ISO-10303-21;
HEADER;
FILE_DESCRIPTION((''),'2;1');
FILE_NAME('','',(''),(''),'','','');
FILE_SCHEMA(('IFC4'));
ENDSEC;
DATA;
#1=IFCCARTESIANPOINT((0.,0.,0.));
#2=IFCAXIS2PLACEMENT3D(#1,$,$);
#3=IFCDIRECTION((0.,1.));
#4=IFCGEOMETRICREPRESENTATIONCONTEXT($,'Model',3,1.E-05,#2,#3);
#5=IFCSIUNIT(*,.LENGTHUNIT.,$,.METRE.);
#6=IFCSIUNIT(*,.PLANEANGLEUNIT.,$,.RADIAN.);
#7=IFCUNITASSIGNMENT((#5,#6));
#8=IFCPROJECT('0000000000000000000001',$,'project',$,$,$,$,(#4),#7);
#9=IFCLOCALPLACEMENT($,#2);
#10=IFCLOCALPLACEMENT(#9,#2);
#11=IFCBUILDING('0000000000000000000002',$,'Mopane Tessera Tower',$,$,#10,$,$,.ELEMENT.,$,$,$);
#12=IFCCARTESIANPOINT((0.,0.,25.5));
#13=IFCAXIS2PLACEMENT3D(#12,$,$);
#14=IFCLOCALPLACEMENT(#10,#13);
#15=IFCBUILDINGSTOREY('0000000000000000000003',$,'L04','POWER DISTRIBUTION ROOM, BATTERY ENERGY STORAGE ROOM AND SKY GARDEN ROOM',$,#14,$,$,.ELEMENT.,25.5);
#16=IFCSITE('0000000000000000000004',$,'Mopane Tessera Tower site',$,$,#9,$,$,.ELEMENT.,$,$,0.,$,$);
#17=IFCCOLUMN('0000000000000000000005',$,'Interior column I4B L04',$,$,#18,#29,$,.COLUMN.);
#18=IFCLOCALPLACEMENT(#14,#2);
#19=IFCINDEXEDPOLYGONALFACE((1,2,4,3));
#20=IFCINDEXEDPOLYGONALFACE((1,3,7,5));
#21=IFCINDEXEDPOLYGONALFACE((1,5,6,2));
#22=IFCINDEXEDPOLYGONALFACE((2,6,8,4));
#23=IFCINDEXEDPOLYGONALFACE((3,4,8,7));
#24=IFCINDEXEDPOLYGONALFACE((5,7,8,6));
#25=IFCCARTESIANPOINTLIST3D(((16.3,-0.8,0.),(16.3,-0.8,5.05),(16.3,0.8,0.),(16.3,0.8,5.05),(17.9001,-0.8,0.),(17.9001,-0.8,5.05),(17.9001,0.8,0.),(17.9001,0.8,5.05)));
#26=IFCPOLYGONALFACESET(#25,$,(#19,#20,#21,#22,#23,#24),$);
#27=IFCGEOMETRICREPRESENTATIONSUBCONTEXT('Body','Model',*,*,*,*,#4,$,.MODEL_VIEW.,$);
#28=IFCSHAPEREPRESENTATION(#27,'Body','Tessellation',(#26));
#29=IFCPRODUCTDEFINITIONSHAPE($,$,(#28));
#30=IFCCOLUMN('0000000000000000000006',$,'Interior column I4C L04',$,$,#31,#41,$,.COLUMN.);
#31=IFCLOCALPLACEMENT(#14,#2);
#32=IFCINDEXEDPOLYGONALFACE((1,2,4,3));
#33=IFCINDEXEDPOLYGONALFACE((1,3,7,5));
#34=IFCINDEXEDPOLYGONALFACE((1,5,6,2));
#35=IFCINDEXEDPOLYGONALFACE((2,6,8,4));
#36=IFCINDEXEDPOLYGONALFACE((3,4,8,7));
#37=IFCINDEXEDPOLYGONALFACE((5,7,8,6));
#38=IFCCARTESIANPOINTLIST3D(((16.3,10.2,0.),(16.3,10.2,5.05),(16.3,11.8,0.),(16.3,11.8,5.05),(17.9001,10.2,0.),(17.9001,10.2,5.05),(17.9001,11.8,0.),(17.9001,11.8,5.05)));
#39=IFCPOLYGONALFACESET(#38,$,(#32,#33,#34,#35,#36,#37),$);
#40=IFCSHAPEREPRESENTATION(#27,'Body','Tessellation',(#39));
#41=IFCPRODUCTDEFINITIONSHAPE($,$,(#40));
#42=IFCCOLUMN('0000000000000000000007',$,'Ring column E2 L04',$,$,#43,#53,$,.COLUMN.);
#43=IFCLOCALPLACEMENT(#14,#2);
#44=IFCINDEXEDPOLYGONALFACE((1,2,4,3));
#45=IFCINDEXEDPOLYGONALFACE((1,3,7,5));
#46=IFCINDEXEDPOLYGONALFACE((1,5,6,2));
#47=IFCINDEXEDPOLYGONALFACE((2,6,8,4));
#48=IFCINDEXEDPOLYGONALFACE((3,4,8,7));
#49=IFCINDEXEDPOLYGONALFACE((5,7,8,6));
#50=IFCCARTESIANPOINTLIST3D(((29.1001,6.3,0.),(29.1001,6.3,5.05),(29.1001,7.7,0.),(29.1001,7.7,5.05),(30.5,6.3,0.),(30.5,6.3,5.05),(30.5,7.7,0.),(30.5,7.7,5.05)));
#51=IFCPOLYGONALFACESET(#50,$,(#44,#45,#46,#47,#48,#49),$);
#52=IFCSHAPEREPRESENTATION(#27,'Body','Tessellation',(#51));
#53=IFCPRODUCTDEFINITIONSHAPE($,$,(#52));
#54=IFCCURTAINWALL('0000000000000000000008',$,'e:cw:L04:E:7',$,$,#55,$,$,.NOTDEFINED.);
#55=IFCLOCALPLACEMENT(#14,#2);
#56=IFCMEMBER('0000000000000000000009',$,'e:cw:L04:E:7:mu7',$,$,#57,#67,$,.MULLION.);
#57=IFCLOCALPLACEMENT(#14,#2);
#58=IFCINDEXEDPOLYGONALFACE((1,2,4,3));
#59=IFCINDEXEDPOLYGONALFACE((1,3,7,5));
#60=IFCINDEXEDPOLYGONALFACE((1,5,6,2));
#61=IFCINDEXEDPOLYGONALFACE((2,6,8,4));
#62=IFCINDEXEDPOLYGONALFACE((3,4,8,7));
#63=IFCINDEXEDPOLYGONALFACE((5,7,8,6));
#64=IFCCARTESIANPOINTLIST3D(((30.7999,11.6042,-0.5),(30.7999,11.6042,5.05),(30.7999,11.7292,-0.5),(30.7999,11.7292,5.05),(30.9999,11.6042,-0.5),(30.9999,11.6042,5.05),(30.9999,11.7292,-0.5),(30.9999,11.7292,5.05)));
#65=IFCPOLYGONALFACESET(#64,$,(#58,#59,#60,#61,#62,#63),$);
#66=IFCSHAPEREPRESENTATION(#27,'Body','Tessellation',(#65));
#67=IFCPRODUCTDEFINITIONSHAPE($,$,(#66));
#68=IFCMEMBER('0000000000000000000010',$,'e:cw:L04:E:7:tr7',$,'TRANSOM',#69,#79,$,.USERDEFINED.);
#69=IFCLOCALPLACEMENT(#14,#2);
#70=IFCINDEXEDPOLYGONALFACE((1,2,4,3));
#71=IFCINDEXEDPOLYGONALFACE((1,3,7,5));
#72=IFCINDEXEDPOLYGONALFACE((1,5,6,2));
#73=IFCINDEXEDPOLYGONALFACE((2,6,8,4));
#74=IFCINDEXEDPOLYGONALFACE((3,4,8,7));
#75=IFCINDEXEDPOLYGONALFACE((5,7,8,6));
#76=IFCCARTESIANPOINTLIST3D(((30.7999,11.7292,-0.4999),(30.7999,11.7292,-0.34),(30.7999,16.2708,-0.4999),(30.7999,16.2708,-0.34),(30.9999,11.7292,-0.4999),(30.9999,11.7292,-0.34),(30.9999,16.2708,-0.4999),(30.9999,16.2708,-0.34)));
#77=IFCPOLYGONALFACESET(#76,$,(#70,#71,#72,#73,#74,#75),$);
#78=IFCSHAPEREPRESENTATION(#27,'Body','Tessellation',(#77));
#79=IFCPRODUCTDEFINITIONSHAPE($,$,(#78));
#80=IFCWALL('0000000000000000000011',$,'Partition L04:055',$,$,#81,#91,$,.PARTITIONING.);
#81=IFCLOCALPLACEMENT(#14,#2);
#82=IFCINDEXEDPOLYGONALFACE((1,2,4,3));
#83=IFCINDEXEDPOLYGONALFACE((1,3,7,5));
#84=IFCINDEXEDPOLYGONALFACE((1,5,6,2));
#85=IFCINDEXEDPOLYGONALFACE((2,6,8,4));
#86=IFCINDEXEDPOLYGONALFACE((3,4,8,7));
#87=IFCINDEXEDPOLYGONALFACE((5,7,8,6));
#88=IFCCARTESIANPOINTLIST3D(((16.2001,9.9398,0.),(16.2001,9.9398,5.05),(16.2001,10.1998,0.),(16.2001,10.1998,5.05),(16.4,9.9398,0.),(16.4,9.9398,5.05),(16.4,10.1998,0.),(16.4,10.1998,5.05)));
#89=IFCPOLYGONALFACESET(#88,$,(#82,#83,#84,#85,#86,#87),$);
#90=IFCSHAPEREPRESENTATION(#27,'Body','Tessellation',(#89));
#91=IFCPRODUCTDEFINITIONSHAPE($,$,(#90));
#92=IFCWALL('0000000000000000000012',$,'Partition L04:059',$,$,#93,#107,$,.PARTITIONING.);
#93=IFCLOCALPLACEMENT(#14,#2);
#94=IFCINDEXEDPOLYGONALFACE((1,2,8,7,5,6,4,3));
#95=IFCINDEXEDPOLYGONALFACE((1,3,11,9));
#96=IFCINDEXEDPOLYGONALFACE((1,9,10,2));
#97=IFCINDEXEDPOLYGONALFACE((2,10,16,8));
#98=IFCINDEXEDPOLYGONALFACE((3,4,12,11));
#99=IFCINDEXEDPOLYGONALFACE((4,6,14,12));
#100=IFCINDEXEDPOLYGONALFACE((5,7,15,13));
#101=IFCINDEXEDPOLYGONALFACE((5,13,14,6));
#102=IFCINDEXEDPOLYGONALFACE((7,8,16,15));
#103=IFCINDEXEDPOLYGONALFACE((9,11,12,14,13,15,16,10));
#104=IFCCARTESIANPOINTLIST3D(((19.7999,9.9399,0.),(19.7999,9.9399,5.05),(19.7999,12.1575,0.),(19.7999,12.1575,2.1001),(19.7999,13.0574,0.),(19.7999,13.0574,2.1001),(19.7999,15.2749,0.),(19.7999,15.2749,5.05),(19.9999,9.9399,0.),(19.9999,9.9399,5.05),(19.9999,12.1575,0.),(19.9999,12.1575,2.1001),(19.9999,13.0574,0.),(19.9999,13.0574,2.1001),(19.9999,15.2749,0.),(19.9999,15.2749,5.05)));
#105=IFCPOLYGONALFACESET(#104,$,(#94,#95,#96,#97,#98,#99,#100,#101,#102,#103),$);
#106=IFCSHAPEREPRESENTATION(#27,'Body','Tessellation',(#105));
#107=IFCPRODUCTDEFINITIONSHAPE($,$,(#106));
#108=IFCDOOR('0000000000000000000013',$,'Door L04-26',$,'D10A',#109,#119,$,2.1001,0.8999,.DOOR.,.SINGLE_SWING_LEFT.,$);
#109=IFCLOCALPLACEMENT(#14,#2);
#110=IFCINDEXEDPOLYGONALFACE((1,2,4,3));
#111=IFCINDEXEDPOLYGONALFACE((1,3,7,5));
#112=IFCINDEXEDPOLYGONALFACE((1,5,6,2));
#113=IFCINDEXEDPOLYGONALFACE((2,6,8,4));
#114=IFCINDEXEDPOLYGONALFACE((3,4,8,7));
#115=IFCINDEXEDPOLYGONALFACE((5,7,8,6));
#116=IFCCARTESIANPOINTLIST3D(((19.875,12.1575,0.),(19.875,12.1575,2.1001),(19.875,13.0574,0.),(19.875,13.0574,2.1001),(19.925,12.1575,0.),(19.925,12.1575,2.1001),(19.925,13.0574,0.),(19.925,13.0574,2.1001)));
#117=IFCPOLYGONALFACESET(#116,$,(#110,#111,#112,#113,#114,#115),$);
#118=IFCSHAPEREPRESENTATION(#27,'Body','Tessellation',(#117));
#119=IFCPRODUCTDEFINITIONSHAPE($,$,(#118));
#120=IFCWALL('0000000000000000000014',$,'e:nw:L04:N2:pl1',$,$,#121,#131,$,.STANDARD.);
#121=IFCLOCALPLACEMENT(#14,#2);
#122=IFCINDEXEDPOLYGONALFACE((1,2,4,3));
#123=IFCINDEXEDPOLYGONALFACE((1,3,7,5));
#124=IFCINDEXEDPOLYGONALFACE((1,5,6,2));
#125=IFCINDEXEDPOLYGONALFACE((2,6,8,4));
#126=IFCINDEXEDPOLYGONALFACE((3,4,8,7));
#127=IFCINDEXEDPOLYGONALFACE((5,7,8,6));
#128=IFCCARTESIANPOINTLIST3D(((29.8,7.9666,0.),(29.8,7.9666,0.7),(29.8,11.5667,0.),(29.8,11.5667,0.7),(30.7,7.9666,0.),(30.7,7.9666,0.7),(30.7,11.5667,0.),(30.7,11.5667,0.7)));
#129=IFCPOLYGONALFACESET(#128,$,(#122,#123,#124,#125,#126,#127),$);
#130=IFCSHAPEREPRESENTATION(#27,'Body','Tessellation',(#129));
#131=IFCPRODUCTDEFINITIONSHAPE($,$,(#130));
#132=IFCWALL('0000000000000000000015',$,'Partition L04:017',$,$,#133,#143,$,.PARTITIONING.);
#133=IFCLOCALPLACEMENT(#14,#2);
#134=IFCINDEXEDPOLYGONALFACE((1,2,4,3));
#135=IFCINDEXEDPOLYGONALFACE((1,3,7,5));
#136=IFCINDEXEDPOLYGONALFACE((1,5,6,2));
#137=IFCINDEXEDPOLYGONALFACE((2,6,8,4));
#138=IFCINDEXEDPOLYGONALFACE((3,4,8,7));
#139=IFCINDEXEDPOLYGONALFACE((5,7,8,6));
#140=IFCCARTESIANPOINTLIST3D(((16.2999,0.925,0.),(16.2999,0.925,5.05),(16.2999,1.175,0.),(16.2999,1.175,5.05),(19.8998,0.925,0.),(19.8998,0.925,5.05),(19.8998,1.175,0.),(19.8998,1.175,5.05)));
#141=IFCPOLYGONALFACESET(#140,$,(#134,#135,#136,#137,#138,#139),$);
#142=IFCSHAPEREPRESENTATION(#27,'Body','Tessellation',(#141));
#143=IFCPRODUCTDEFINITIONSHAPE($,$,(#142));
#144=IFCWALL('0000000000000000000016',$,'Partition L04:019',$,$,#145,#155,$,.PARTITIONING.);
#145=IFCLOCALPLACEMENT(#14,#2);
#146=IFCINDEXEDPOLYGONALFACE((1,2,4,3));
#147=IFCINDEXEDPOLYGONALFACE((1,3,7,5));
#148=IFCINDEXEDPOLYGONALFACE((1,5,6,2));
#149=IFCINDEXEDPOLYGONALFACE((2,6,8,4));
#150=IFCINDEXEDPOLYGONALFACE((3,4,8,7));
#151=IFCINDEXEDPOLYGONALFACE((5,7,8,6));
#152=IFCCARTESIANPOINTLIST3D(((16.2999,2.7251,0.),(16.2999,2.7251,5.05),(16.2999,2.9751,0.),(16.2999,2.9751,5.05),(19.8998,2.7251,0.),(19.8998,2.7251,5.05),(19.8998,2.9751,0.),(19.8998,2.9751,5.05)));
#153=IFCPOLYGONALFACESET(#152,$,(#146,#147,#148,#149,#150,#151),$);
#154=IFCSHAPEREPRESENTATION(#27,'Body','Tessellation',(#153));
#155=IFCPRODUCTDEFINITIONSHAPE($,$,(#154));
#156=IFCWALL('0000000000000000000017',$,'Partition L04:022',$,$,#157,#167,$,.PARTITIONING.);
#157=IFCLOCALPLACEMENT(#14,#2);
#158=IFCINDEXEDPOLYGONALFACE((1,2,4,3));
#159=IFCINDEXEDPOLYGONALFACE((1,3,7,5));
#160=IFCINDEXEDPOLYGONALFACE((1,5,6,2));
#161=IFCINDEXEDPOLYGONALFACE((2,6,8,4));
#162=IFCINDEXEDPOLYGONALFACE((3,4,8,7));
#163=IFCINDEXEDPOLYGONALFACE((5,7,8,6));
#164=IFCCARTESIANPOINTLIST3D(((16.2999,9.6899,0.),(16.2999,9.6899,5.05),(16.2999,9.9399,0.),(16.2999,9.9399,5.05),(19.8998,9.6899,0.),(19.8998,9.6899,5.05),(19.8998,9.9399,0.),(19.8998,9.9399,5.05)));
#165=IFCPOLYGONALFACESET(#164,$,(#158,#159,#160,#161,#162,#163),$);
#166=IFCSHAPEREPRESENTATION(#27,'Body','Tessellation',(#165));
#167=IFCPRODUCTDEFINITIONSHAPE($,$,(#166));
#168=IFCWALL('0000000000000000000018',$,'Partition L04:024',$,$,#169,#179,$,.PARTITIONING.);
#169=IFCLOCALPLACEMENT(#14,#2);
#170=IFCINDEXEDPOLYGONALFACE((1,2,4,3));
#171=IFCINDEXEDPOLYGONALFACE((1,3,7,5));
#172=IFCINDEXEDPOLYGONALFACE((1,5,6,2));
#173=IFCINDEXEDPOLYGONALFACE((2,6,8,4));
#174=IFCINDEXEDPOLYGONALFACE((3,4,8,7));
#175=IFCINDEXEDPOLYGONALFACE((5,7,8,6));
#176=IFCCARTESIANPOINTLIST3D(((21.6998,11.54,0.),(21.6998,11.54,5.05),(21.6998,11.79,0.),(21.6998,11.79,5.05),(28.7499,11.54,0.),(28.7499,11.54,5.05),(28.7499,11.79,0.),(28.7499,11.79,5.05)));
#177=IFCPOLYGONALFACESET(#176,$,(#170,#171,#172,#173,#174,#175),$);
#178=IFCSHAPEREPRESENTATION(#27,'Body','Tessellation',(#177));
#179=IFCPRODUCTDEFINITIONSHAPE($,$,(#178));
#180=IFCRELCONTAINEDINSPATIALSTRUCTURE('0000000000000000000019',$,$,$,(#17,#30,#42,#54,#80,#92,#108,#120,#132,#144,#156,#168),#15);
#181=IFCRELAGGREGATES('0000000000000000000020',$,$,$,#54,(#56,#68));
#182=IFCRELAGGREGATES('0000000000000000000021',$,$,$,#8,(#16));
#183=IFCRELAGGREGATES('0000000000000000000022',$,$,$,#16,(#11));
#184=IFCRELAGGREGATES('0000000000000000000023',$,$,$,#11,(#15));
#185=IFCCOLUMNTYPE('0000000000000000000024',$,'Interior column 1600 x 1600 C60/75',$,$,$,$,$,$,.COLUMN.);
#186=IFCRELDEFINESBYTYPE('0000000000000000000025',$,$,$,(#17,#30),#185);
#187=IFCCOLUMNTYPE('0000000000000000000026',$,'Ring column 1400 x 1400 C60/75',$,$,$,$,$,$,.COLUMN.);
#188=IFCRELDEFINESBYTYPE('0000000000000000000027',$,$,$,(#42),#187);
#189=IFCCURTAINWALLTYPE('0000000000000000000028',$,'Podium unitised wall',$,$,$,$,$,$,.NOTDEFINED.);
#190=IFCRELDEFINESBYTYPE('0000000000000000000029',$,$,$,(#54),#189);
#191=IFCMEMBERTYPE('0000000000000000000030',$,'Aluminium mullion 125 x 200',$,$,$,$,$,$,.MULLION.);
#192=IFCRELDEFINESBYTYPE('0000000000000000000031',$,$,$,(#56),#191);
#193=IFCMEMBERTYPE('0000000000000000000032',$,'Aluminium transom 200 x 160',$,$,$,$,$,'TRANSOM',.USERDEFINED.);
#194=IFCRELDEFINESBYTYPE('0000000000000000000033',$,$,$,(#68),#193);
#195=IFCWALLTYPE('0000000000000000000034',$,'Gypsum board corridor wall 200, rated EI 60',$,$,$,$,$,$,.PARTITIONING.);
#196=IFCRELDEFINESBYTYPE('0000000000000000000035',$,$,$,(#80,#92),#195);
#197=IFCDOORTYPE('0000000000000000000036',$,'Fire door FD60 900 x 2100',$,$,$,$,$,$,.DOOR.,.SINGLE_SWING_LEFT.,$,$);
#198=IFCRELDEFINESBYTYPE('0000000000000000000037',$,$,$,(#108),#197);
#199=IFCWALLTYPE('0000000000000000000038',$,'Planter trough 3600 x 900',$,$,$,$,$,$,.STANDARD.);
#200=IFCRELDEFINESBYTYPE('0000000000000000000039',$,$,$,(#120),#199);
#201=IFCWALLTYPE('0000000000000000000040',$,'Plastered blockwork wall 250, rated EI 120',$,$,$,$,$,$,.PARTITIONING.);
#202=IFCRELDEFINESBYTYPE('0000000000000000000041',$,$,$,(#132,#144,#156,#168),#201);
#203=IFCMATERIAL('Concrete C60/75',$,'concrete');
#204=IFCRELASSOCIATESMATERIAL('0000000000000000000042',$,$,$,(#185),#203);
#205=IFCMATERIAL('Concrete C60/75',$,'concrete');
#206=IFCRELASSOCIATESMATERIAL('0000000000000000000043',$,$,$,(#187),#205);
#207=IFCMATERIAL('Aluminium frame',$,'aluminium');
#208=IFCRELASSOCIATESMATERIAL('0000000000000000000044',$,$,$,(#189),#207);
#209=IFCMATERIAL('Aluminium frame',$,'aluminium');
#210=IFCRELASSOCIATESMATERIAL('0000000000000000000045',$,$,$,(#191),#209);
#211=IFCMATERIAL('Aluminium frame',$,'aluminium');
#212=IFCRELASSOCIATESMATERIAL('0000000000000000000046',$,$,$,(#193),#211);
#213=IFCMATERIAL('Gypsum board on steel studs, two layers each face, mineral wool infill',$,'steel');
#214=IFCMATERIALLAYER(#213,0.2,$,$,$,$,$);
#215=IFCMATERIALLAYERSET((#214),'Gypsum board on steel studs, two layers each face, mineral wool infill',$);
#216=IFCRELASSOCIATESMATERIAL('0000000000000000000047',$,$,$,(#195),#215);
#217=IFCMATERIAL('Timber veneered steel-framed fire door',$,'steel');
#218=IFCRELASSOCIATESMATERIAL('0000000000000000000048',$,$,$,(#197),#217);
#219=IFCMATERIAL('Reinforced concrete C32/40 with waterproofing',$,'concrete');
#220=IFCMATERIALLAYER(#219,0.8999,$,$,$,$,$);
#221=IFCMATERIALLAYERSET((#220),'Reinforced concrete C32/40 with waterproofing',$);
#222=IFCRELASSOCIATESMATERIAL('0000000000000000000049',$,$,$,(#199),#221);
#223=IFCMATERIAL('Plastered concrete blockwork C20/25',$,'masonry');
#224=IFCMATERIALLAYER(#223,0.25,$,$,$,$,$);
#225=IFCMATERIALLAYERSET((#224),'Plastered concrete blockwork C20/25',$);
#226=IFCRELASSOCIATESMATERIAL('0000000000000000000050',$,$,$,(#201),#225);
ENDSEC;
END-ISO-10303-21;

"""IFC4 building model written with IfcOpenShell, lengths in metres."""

from ifc_helpers import new_model, si_unit, direction, frame, frame_2d, origin, origin_2d, place, context, subcontext, project, spatial, rectangle, extrude, material, layer, layer_set, material_profile, profile_set, type_object, element, fill, aggregate, save


model = new_model("IFC4")

# Units and contexts
model_context = context("Model", 3, precision=1e-05, world=origin(), true_north=direction((0.0, 1.0)))
body_context = subcontext(model_context, "Body", "Model", "MODEL_VIEW")
ifc_project = project(units=[si_unit("LENGTHUNIT", "METRE"), si_unit("PLANEANGLEUNIT", "RADIAN")], contexts=[model_context])

# Site, building, storey
site_placement = place(None, origin())
site = spatial("IfcSite", under=ifc_project, at=site_placement, Name="Mopane Tessera Tower site", CompositionType="ELEMENT", RefElevation=0.0)
building_placement = place(site_placement, origin())
building = spatial("IfcBuilding", under=site, at=building_placement, Name="Mopane Tessera Tower", CompositionType="ELEMENT")
storey_placement = place(building_placement, frame((0.0, 0.0, 25.5)))
storey = spatial("IfcBuildingStorey", under=building, at=storey_placement, Name="L04", Description="POWER DISTRIBUTION ROOM, BATTERY ENERGY STORAGE ROOM AND SKY GARDEN ROOM", CompositionType="ELEMENT", Elevation=25.5)

# Columns
ifc_material_1 = material(Name="Concrete C60/75", Category="concrete")
ifc_material_profile_1 = material_profile(ifc_material_1, rectangle(XDim=1.6001, YDim=1.6001, at=origin_2d()))
ifc_profile_set_1 = profile_set([ifc_material_profile_1], Name="Concrete C60/75")
column_type_1 = type_object("IfcColumnType", Name="Interior column 1600 x 1600 C60/75", PredefinedType="COLUMN", material=ifc_profile_set_1)
for number, where, z_axis, x_axis, name in (
    (1, (17.1001, 0.0, 0.0), (0.0, 0.0, 1.0), (1.0, 0.0, 0.0), "Interior column I4B L04"),
    (2, (17.1001, 11.0, 0.0), (0.0, 0.0, 1.0), (1.0, 0.0, 0.0), "Interior column I4C L04"),
):
    element("IfcColumn", number, at=place(storey_placement, frame(where, z_axis=z_axis, x_axis=x_axis)), inside=storey, type_object=column_type_1, Name=name, PredefinedType="COLUMN", context=body_context, shape_type="SweptSolid", body=[
        extrude(rectangle(XDim=1.6001, YDim=1.6001, at=origin_2d()), origin(), (0.0, 0.0, 1.0), 5.05),
    ])
ifc_material_2 = material(Name="Concrete C60/75", Category="concrete")
ifc_material_profile_2 = material_profile(ifc_material_2, rectangle(XDim=1.3999, YDim=1.3999, at=origin_2d()))
ifc_profile_set_2 = profile_set([ifc_material_profile_2], Name="Concrete C60/75")
column_type_2 = type_object("IfcColumnType", Name="Ring column 1400 x 1400 C60/75", PredefinedType="COLUMN", material=ifc_profile_set_2)
column_placement = place(storey_placement, frame((29.8, 7.0, 0.0), z_axis=(0.0, 0.0, 1.0), x_axis=(1.0, 0.0, 0.0)))
element("IfcColumn", 3, at=column_placement, inside=storey, type_object=column_type_2, Name="Ring column E2 L04", PredefinedType="COLUMN", context=body_context, shape_type="SweptSolid", body=[
    extrude(rectangle(XDim=1.3999, YDim=1.3999, at=origin_2d()), origin(), (0.0, 0.0, 1.0), 5.05),
])

# Curtain wall, members
ifc_material_3 = material(Name="Aluminium frame", Category="aluminium")
curtain_wall_type = type_object("IfcCurtainWallType", Name="Podium unitised wall", PredefinedType="NOTDEFINED", material=ifc_material_3)
curtain_wall_placement = place(storey_placement, origin())
curtain_wall = element("IfcCurtainWall", 4, at=curtain_wall_placement, inside=storey, type_object=curtain_wall_type, Name="e:cw:L04:E:7", PredefinedType="NOTDEFINED")
ifc_material_4 = material(Name="Aluminium frame", Category="aluminium")
ifc_material_profile_3 = material_profile(ifc_material_4, rectangle(XDim=0.125, YDim=0.2, at=origin_2d()))
ifc_profile_set_3 = profile_set([ifc_material_profile_3], Name="Aluminium frame")
member_type_1 = type_object("IfcMemberType", Name="Aluminium mullion 125 x 200", PredefinedType="MULLION", material=ifc_profile_set_3)
member_1_placement = place(storey_placement, frame((30.8999, 11.6667, -0.5), z_axis=(0.0, 0.0, 1.0), x_axis=(0.0, 1.0, 0.0)))
member_1 = element("IfcMember", 5, at=member_1_placement, type_object=member_type_1, Name="e:cw:L04:E:7:mu7", PredefinedType="MULLION", context=body_context, shape_type="SweptSolid", body=[
    extrude(rectangle(XDim=0.125, YDim=0.2, at=origin_2d()), origin(), (0.0, 0.0, 1.0), 5.55),
])
ifc_material_5 = material(Name="Aluminium frame", Category="aluminium")
ifc_material_profile_4 = material_profile(ifc_material_5, rectangle(XDim=0.2, YDim=0.1599, at=origin_2d()))
ifc_profile_set_4 = profile_set([ifc_material_profile_4], Name="Aluminium frame")
member_type_2 = type_object("IfcMemberType", Name="Aluminium transom 200 x 160", ElementType="TRANSOM", PredefinedType="USERDEFINED", material=ifc_profile_set_4)
member_2_placement = place(storey_placement, frame((30.8999, 11.7292, -0.4199), z_axis=(0.0, 1.0, 0.0), x_axis=(-1.0, 0.0, 0.0)))
member_2 = element("IfcMember", 6, at=member_2_placement, type_object=member_type_2, Name="e:cw:L04:E:7:tr7", ObjectType="TRANSOM", PredefinedType="USERDEFINED", context=body_context, shape_type="SweptSolid", body=[
    extrude(rectangle(XDim=0.2, YDim=0.1599, at=origin_2d()), origin(), (0.0, 0.0, 1.0), 4.5415),
])
aggregate(curtain_wall, [member_1, member_2])

# Wall
ifc_material_6 = material(Name="Gypsum board on steel studs, two layers each face, mineral wool infill", Category="steel")
ifc_layer_1 = layer(ifc_material_6, 0.2)
ifc_layer_set_1 = layer_set([ifc_layer_1], Name="Gypsum board on steel studs, two layers each face, mineral wool infill")
wall_type_1 = type_object("IfcWallType", Name="Gypsum board corridor wall 200, rated EI 60", PredefinedType="PARTITIONING", material=ifc_layer_set_1)
wall_1_placement = place(storey_placement, frame((16.3, 9.9399, 0.0), z_axis=(0.0, 0.0, 1.0), x_axis=(0.0, 1.0, 0.0)))
element("IfcWall", 7, at=wall_1_placement, inside=storey, type_object=wall_type_1, Name="Partition L04:055", PredefinedType="PARTITIONING", context=body_context, shape_type="SweptSolid", body=[
    extrude(rectangle(XDim=0.26, YDim=0.2, at=frame_2d((0.1299, 0.0))), origin(), (0.0, 0.0, 1.0), 5.05),
])

# Wall, opening, door
wall_2_placement = place(storey_placement, frame((19.8999, 9.9399, 0.0), z_axis=(0.0, 0.0, 1.0), x_axis=(0.0, 1.0, 0.0)))
wall_2 = element("IfcWall", 8, at=wall_2_placement, inside=storey, type_object=wall_type_1, Name="Partition L04:059", PredefinedType="PARTITIONING", context=body_context, shape_type="SweptSolid", body=[
    extrude(rectangle(XDim=5.335, YDim=0.2, at=frame_2d((2.6675, 0.0))), origin(), (0.0, 0.0, 1.0), 5.05),
])
opening_1_placement = place(wall_2_placement, frame((2.2175, 0.0, 0.0)))
opening_1 = element("IfcOpeningElement", 9, at=opening_1_placement, cuts=wall_2, PredefinedType="OPENING", context=body_context, shape_type="SweptSolid", body=[
    extrude(rectangle(XDim=0.8999, YDim=2.1001, at=frame_2d((0.45, 1.05))), frame((0.0, 0.1121, 0.0), z_axis=(0.0, -1.0, 0.0), x_axis=(1.0, 0.0, 0.0)), (0.0, 0.0, 1.0), 0.2239),
])
ifc_material_7 = material(Name="Timber veneered steel-framed fire door", Category="steel")
door_type_1 = type_object("IfcDoorType", Name="Fire door FD60 900 x 2100", OperationType="SINGLE_SWING_LEFT", PredefinedType="DOOR", material=ifc_material_7)
door_1_placement = place(opening_1_placement, origin())
door_1 = element("IfcDoor", 10, at=door_1_placement, inside=storey, type_object=door_type_1, Name="Door L04-26", ObjectType="D10A", OperationType="SINGLE_SWING_LEFT", OverallHeight=2.1001, OverallWidth=0.8999, PredefinedType="DOOR", context=body_context, shape_type="SweptSolid", body=[
    extrude(rectangle(XDim=0.8999, YDim=2.1001, at=frame_2d((0.45, 1.05))), frame((0.0, 0.0249, 0.0), z_axis=(0.0, -1.0, 0.0), x_axis=(1.0, 0.0, 0.0)), (0.0, 0.0, 1.0), 0.05),
])
fill(opening_1, door_1)

# Walls
ifc_material_8 = material(Name="Reinforced concrete C32/40 with waterproofing", Category="concrete")
ifc_layer_2 = layer(ifc_material_8, 0.8999)
ifc_layer_set_2 = layer_set([ifc_layer_2], Name="Reinforced concrete C32/40 with waterproofing")
wall_type_2 = type_object("IfcWallType", Name="Planter trough 3600 x 900", PredefinedType="STANDARD", material=ifc_layer_set_2)
wall_3_placement = place(storey_placement, frame((30.25, 7.9666, 0.0), z_axis=(0.0, 0.0, 1.0), x_axis=(0.0, 1.0, 0.0)))
element("IfcWall", 11, at=wall_3_placement, inside=storey, type_object=wall_type_2, Name="e:nw:L04:N2:pl1", PredefinedType="STANDARD", context=body_context, shape_type="SweptSolid", body=[
    extrude(rectangle(XDim=3.6001, YDim=0.8999, at=frame_2d((1.8, 0.0))), origin(), (0.0, 0.0, 1.0), 0.7),
])
ifc_material_9 = material(Name="Plastered concrete blockwork C20/25", Category="masonry")
ifc_layer_3 = layer(ifc_material_9, 0.25)
ifc_layer_set_3 = layer_set([ifc_layer_3], Name="Plastered concrete blockwork C20/25")
wall_type_3 = type_object("IfcWallType", Name="Plastered blockwork wall 250, rated EI 120", PredefinedType="PARTITIONING", material=ifc_layer_set_3)
for number, where, z_axis, x_axis, name in (
    (12, (16.3, 1.05, 0.0), (0.0, 0.0, 1.0), (1.0, 0.0, 0.0), "Partition L04:017"),
    (13, (16.3, 2.8501, 0.0), (0.0, 0.0, 1.0), (1.0, 0.0, 0.0), "Partition L04:019"),
    (14, (16.3, 9.8149, 0.0), (0.0, 0.0, 1.0), (1.0, 0.0, 0.0), "Partition L04:022"),
):
    element("IfcWall", number, at=place(storey_placement, frame(where, z_axis=z_axis, x_axis=x_axis)), inside=storey, type_object=wall_type_3, Name=name, PredefinedType="PARTITIONING", context=body_context, shape_type="SweptSolid", body=[
        extrude(rectangle(XDim=3.5999, YDim=0.25, at=frame_2d((1.7998, 0.0))), origin(), (0.0, 0.0, 1.0), 5.05),
    ])
wall_4_placement = place(storey_placement, frame((21.7, 11.665, 0.0), z_axis=(0.0, 0.0, 1.0), x_axis=(1.0, 0.0, 0.0)))
element("IfcWall", 15, at=wall_4_placement, inside=storey, type_object=wall_type_3, Name="Partition L04:024", PredefinedType="PARTITIONING", context=body_context, shape_type="SweptSolid", body=[
    extrude(rectangle(XDim=7.05, YDim=0.25, at=frame_2d((3.5249, 0.0))), origin(), (0.0, 0.0, 1.0), 5.05),
])

save(model, "model.ifc")
